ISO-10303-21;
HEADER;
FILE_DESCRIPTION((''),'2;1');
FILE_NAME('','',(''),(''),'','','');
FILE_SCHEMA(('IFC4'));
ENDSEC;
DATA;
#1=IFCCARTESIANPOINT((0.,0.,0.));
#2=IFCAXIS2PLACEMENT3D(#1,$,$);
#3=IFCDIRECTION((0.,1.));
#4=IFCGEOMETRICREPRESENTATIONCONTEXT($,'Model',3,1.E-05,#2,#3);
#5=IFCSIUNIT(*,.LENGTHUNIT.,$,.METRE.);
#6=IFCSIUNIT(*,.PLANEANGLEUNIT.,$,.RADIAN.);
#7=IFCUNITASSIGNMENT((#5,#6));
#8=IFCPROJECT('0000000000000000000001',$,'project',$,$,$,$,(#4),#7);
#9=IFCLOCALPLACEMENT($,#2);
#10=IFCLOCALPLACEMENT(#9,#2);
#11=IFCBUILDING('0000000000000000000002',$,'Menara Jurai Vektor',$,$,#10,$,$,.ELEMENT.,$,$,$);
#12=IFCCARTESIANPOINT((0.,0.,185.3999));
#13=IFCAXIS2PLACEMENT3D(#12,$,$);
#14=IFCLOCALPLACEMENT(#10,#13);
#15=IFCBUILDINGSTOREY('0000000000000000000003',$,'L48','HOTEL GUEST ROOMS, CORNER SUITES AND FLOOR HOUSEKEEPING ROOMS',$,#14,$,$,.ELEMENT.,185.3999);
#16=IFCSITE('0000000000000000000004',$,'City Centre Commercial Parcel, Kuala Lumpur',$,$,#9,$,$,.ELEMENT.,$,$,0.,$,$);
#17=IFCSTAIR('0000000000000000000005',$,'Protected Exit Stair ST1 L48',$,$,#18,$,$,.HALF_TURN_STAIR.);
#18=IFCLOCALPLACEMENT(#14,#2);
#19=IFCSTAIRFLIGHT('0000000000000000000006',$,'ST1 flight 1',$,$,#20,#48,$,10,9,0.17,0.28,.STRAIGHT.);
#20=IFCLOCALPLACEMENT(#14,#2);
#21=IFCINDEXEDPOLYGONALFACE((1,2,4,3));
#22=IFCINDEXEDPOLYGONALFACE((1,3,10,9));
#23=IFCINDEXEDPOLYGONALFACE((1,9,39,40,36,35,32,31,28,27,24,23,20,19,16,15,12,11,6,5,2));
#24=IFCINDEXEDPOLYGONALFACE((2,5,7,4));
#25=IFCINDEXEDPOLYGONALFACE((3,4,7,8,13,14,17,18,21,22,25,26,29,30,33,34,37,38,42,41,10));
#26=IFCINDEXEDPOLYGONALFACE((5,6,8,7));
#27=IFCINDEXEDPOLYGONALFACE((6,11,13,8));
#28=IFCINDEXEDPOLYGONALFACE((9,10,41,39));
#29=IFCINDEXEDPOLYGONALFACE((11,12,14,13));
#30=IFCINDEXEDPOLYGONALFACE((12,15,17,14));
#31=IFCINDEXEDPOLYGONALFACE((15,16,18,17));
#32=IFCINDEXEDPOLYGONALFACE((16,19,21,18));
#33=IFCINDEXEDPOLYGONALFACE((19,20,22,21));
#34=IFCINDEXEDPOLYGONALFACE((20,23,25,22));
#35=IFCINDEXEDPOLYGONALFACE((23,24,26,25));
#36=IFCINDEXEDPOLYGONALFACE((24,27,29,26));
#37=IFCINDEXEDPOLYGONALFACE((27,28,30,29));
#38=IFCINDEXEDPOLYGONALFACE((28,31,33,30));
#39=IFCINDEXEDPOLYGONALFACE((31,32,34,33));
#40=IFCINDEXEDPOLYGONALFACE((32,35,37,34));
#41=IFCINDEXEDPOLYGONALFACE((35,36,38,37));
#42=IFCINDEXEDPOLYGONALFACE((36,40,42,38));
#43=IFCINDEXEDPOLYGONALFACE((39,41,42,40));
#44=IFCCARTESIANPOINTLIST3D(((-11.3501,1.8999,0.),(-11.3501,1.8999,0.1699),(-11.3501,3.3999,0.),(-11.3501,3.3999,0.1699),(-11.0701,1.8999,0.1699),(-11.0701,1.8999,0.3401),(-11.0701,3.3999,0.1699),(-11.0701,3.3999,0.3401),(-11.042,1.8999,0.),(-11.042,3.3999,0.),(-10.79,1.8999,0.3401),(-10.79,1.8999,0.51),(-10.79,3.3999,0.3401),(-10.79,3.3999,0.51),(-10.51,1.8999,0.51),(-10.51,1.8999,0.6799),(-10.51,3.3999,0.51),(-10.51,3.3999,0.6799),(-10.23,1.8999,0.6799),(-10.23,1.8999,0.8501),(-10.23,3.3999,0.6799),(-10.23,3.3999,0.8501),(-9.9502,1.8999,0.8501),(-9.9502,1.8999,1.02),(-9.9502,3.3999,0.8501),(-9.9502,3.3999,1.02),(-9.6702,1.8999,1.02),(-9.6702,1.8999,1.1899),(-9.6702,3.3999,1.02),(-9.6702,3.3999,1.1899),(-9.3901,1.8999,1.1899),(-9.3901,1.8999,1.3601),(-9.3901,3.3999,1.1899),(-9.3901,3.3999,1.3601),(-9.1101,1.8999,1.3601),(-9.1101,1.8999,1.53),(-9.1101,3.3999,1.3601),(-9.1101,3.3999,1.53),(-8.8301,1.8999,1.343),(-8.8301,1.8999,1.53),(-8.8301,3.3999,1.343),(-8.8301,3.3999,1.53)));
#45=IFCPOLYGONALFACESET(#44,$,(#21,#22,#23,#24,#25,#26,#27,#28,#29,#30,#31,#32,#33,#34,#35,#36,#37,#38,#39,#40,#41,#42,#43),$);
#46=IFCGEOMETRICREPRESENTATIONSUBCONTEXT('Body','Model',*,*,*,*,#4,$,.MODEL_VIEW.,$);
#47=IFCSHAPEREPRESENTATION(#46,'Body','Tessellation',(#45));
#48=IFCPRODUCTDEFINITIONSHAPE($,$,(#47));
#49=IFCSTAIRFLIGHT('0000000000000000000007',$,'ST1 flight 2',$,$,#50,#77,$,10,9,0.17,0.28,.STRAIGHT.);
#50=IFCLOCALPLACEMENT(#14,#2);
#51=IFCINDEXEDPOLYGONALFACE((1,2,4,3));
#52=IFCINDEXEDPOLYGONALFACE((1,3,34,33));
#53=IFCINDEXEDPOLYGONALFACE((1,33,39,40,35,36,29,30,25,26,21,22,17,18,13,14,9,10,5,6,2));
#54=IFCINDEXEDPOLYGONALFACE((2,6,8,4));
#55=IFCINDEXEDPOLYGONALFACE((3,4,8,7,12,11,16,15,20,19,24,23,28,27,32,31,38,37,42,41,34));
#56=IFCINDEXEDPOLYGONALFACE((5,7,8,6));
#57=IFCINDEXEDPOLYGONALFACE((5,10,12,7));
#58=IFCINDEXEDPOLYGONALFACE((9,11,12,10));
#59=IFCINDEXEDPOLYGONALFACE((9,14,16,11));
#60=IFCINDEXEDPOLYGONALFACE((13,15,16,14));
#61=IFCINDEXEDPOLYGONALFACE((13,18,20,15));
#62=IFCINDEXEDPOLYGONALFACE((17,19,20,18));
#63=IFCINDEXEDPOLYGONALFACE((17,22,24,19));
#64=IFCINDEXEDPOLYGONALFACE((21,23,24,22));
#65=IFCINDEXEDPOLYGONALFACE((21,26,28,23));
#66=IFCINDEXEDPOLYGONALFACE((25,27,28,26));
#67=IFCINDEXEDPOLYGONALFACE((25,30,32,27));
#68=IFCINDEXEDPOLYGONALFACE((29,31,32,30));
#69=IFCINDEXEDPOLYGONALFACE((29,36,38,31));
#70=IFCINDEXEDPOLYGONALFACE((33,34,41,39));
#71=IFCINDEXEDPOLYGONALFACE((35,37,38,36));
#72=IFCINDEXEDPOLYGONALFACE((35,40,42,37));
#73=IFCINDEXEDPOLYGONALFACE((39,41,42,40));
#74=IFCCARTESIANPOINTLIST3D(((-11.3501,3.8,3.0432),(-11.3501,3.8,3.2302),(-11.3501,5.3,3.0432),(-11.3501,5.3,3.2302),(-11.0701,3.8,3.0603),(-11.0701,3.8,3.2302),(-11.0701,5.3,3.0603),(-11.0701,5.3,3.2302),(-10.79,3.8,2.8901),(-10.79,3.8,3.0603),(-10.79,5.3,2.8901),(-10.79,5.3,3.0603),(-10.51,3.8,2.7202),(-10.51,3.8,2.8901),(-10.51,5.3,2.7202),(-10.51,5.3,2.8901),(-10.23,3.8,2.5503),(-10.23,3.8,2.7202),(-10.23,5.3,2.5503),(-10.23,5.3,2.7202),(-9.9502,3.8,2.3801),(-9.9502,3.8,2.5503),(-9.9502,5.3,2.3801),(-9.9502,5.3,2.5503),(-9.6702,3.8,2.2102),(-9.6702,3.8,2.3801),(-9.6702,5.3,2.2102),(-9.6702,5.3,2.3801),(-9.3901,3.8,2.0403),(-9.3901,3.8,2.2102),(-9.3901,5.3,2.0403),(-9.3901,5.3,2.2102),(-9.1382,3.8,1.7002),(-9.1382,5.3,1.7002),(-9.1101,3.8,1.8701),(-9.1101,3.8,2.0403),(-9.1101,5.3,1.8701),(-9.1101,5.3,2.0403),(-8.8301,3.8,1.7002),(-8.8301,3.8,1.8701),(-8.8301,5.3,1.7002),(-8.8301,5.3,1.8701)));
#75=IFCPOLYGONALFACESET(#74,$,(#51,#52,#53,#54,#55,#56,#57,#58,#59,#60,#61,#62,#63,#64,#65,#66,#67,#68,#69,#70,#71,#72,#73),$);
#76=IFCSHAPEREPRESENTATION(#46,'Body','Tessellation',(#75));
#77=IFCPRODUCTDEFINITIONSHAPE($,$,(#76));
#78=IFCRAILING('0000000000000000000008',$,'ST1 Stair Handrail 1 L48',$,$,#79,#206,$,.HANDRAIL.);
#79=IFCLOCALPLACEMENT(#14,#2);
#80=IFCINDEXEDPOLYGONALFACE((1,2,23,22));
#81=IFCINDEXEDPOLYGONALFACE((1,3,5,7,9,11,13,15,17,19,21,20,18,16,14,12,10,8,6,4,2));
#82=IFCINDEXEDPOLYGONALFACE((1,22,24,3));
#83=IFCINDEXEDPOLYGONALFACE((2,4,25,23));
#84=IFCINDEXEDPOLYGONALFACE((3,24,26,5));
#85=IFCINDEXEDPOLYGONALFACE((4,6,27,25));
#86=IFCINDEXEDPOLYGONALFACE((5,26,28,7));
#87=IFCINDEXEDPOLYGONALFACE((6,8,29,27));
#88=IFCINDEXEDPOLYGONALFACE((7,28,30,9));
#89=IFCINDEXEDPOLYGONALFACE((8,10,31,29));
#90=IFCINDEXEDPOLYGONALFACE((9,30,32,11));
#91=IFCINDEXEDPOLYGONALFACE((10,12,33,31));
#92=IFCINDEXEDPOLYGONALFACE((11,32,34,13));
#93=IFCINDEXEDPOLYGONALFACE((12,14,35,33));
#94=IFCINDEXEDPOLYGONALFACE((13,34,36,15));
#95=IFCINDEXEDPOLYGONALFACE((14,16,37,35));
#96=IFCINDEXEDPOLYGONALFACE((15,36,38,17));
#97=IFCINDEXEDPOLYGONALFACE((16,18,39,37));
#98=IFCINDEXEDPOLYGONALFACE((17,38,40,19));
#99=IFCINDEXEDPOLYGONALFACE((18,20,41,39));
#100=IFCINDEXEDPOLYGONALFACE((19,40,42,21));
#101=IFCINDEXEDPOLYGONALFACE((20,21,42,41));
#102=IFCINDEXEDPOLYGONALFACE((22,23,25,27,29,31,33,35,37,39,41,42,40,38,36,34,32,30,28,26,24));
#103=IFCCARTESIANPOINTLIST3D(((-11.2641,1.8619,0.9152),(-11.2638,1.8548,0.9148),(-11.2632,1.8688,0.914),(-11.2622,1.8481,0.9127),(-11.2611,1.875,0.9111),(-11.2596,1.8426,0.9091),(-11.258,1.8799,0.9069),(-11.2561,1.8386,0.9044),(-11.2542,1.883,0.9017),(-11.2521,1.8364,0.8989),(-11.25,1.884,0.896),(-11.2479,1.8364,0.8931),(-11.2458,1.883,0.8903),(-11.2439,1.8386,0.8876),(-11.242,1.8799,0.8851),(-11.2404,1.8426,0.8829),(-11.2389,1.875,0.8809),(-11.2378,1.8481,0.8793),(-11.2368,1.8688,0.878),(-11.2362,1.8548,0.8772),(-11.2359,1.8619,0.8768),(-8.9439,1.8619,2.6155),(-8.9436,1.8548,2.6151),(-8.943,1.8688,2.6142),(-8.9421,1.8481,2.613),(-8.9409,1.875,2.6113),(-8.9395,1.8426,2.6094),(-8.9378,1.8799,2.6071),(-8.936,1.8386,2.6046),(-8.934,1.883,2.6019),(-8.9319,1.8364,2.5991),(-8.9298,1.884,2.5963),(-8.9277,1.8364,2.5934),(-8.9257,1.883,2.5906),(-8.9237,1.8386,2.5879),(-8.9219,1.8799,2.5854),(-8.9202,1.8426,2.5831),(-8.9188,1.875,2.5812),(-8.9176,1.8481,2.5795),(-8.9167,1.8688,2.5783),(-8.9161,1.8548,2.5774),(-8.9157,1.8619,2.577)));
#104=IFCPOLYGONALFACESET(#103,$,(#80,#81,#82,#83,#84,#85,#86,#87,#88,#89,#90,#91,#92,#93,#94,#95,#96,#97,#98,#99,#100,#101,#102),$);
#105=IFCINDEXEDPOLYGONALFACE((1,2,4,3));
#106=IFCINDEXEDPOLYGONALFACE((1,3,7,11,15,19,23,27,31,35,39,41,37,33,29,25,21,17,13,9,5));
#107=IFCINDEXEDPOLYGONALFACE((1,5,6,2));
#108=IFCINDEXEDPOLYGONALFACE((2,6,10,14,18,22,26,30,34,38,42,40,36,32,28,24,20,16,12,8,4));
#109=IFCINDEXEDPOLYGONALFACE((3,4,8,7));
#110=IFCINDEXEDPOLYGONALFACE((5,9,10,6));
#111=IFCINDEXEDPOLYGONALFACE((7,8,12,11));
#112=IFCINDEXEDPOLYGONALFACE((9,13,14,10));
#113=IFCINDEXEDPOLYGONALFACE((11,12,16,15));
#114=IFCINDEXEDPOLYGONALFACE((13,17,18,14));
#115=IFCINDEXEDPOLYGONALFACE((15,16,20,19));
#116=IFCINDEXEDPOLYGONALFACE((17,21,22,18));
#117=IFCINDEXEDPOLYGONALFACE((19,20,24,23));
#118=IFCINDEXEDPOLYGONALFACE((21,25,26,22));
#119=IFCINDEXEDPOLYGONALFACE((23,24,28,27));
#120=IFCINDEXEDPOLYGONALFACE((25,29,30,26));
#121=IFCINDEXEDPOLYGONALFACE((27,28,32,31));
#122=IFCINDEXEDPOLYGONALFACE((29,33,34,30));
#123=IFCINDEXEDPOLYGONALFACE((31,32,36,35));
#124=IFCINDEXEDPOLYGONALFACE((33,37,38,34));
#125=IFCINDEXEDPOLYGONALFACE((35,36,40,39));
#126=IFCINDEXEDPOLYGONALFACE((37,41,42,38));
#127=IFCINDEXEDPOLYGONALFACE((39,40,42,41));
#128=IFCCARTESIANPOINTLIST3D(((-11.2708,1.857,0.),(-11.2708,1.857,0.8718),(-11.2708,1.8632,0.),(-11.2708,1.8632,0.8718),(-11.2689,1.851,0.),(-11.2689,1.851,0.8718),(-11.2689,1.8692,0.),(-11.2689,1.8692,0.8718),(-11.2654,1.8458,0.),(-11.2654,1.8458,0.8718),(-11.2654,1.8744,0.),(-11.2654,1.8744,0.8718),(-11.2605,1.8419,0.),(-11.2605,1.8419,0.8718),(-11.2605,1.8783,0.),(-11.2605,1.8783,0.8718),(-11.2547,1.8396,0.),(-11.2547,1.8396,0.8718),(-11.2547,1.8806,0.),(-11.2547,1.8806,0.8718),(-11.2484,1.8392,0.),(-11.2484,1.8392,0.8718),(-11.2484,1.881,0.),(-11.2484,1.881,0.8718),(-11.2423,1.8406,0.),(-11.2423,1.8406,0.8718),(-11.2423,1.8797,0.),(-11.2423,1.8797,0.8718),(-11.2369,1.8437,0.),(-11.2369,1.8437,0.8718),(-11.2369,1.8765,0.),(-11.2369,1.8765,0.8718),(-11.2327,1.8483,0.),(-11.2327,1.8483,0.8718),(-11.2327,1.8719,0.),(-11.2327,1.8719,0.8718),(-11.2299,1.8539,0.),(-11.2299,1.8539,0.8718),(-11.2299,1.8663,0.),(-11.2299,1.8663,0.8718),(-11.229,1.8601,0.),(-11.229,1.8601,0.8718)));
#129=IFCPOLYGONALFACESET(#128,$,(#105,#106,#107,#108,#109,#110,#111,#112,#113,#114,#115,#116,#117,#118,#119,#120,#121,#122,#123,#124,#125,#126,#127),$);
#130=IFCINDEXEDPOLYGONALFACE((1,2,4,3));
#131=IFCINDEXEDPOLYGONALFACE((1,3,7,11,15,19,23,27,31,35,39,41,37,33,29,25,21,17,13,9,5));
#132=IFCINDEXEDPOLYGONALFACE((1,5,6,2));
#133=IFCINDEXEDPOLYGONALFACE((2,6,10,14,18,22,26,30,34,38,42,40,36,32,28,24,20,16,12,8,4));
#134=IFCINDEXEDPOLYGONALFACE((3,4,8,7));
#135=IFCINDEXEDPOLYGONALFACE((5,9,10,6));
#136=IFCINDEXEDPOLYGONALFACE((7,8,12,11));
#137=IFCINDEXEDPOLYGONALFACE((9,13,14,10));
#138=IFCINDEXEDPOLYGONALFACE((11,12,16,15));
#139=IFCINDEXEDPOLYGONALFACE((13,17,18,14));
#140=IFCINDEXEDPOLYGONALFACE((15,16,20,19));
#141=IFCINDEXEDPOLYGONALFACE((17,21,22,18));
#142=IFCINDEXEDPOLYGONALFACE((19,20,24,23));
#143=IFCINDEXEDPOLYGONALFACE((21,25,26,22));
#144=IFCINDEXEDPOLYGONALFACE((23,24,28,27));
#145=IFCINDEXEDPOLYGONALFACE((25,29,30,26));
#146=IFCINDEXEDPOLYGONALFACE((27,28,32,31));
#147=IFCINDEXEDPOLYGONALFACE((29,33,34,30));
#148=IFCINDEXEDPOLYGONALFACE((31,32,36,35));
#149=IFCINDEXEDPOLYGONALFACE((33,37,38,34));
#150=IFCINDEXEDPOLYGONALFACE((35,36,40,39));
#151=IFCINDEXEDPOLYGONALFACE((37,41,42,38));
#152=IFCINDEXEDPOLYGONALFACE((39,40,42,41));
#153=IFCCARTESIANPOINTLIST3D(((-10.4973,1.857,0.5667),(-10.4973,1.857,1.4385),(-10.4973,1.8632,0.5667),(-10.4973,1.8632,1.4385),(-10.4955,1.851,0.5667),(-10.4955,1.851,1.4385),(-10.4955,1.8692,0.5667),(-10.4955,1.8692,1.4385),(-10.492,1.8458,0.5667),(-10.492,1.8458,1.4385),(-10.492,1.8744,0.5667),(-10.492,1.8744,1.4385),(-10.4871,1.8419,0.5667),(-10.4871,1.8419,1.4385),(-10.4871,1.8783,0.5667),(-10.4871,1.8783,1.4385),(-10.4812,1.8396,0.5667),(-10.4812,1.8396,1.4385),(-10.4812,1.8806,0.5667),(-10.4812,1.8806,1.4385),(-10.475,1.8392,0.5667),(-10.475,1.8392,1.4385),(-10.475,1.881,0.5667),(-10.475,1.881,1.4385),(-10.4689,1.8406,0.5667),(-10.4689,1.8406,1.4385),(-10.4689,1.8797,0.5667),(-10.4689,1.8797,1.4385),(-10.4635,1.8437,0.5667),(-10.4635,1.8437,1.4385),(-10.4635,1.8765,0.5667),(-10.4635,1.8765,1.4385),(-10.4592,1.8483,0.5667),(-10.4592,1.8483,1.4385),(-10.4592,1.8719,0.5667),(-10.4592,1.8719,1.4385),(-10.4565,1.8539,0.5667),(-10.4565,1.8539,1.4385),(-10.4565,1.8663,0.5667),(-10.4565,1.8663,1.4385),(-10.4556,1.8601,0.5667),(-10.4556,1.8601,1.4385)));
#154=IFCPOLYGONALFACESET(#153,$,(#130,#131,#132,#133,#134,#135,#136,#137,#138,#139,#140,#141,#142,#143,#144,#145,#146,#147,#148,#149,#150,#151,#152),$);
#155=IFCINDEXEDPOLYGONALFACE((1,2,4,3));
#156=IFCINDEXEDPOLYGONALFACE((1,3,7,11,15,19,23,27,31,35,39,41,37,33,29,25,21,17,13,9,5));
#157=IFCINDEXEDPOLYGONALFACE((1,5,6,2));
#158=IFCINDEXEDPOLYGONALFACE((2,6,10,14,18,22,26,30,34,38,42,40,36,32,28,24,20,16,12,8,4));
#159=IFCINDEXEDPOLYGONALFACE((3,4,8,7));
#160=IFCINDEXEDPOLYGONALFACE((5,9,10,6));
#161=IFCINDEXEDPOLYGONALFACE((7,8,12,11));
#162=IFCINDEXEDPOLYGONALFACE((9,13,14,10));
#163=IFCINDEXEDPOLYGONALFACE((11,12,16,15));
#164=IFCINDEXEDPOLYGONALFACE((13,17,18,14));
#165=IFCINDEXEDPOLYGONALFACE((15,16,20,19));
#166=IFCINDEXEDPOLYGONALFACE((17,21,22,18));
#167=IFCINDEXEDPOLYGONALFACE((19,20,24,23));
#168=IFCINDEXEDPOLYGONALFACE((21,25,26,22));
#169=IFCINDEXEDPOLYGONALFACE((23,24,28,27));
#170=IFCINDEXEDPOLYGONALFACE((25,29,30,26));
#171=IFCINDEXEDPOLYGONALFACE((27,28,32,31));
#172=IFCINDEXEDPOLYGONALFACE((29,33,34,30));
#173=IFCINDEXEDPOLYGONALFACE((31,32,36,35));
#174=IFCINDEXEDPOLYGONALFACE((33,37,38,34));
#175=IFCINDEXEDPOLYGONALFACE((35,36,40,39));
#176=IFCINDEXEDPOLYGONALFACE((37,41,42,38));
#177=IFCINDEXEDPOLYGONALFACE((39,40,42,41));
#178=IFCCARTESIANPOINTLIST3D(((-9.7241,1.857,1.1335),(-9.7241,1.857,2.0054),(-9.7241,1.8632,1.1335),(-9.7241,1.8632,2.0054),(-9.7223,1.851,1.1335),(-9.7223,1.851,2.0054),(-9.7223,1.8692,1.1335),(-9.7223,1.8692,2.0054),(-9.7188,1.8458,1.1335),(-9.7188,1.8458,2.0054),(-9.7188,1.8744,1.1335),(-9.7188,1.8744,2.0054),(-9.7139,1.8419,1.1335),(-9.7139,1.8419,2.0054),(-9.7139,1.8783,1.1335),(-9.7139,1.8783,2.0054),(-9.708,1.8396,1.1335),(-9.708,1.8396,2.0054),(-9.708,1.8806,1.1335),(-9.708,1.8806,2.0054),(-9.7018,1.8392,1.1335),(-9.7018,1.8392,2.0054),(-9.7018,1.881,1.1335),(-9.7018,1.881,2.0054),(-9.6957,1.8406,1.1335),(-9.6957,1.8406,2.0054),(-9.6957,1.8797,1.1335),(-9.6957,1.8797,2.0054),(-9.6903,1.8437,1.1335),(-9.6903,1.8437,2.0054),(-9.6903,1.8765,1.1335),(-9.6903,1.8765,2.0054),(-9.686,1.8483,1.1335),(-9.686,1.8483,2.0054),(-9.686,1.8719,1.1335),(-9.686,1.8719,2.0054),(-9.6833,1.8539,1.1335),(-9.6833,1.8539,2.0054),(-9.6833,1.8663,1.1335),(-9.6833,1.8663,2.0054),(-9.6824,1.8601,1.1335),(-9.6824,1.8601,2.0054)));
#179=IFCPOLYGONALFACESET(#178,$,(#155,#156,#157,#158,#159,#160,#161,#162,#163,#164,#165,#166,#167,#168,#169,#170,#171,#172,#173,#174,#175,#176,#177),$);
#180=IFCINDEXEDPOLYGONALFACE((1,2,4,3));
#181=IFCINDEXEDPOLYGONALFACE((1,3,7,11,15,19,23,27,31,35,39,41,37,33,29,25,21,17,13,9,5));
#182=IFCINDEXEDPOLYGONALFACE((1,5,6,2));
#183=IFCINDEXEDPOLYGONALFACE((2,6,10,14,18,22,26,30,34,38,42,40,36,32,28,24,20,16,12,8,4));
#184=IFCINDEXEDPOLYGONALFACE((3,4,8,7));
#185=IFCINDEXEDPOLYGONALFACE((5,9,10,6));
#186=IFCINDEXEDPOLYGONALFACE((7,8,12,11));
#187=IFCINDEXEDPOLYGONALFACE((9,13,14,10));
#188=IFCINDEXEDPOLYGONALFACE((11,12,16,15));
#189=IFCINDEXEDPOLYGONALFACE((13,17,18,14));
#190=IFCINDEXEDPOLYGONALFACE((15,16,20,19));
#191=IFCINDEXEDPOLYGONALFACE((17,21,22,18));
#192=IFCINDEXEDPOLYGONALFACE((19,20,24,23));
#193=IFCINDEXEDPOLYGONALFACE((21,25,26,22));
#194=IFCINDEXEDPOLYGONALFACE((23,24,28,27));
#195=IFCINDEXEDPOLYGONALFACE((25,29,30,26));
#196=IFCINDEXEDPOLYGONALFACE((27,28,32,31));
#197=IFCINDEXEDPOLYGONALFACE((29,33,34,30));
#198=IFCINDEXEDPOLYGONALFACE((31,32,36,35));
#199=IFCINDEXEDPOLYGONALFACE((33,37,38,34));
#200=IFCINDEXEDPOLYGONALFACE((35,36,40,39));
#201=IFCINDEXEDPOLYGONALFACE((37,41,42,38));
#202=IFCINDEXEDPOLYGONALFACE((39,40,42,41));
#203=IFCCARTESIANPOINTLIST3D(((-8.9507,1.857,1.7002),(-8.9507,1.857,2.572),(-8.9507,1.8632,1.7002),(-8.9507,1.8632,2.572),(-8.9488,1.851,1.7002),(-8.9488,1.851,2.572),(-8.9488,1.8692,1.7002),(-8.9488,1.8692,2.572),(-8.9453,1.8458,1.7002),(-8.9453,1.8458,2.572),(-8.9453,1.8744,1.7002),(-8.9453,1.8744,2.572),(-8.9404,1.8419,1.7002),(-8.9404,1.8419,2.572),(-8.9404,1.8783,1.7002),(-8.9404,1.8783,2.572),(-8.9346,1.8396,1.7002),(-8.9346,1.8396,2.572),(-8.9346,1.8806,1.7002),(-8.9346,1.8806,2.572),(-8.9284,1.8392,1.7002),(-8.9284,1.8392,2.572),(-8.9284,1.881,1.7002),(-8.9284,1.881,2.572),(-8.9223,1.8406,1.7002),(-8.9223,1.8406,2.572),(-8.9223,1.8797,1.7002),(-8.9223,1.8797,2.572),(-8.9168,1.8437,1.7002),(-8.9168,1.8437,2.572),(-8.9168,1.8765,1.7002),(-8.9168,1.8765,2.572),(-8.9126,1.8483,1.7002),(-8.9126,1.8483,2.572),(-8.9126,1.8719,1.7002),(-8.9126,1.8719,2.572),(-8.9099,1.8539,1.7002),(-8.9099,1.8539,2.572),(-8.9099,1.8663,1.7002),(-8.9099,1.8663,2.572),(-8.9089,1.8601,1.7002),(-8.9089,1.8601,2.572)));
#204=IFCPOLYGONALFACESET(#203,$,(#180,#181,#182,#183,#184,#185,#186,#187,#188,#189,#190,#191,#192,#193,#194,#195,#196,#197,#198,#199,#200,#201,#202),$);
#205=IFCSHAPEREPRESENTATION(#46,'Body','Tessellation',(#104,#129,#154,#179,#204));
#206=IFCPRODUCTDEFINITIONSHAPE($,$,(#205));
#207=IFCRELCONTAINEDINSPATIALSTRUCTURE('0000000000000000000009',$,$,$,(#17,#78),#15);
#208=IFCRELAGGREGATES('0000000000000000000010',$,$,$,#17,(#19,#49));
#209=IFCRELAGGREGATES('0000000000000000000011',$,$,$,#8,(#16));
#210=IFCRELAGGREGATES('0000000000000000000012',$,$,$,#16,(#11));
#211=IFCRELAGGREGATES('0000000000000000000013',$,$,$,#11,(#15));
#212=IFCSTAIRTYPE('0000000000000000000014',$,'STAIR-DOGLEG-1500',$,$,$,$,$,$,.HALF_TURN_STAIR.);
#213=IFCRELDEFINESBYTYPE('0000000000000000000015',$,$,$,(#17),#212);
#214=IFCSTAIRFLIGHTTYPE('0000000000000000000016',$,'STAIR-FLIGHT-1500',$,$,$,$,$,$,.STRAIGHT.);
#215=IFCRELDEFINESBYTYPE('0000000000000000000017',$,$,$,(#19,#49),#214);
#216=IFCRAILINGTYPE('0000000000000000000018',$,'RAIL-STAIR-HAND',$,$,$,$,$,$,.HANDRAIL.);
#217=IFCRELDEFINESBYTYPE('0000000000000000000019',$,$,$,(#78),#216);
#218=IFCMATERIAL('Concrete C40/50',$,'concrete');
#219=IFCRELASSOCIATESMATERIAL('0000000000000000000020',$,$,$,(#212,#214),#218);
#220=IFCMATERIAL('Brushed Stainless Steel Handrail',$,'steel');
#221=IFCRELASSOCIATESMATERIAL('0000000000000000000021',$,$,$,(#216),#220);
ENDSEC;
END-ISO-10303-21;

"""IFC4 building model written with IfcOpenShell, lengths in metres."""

from ifc_helpers import new_model, si_unit, direction, frame, origin, origin_2d, place, context, subcontext, project, spatial, polyline, circle, outline, extrude, material, type_object, element, aggregate, save


model = new_model("IFC4")

# Units and contexts
model_context = context("Model", 3, precision=1e-05, world=origin(), true_north=direction((0.0, 1.0)))
body_context = subcontext(model_context, "Body", "Model", "MODEL_VIEW")
ifc_project = project(units=[si_unit("LENGTHUNIT", "METRE"), si_unit("PLANEANGLEUNIT", "RADIAN")], contexts=[model_context])

# Site, building, storey
site_placement = place(None, origin())
site = spatial("IfcSite", under=ifc_project, at=site_placement, Name="City Centre Commercial Parcel, Kuala Lumpur", CompositionType="ELEMENT", RefElevation=0.0)
building_placement = place(site_placement, origin())
building = spatial("IfcBuilding", under=site, at=building_placement, Name="Menara Jurai Vektor", CompositionType="ELEMENT")
storey_placement = place(building_placement, frame((0.0, 0.0, 185.3999)))
storey = spatial("IfcBuildingStorey", under=building, at=storey_placement, Name="L48", Description="HOTEL GUEST ROOMS, CORNER SUITES AND FLOOR HOUSEKEEPING ROOMS", CompositionType="ELEMENT", Elevation=185.3999)

# Shared definitions
ifc_material_1 = material(Name="Concrete C40/50", Category="concrete")

# Stair, stair flights
stair_type = type_object("IfcStairType", Name="STAIR-DOGLEG-1500", PredefinedType="HALF_TURN_STAIR", material=ifc_material_1)
stair_placement = place(storey_placement, origin())
stair = element("IfcStair", 1, at=stair_placement, inside=storey, type_object=stair_type, Name="Protected Exit Stair ST1 L48", PredefinedType="HALF_TURN_STAIR")
stair_flight_type = type_object("IfcStairFlightType", Name="STAIR-FLIGHT-1500", PredefinedType="STRAIGHT", material=ifc_material_1)
stair_flight_1_placement = place(storey_placement, frame((-11.3501, 2.6499, 0.0), z_axis=(0.0, 0.0, 1.0), x_axis=(1.0, 0.0, 0.0)))
stair_flight_1 = element("IfcStairFlight", 2, at=stair_flight_1_placement, type_object=stair_flight_type, Name="ST1 flight 1", NumberOfRisers=10, NumberOfTreads=9, PredefinedType="STRAIGHT", RiserHeight=0.17, TreadLength=0.28, context=body_context, shape_type="SweptSolid", body=[
    extrude(outline(polyline([(0.0, 0.0), (0.0, 0.1699), (0.28, 0.1699), (0.28, 0.3401), (0.5601, 0.3401), (0.5601, 0.51), (0.8401, 0.51), (0.8401, 0.6799), (1.1201, 0.6799), (1.1201, 0.8501), (1.3999, 0.8501), (1.3999, 1.02), (1.6799, 1.02), (1.6799, 1.1899), (1.96, 1.1899), (1.96, 1.3601), (2.24, 1.3601), (2.24, 1.53), (2.52, 1.53), (2.52, 1.7), (2.52, 1.343), (0.3081, 0.0), (0.0, 0.0)])), frame((0.0, 0.75, 0.0), z_axis=(0.0, -1.0, 0.0), x_axis=(1.0, 0.0, 0.0)), (0.0, 0.0, 1.0), 1.5),
])
stair_flight_2_placement = place(storey_placement, frame((-8.8301, 4.55, 1.7002), z_axis=(0.0, 0.0, 1.0), x_axis=(-1.0, 0.0, 0.0)))
stair_flight_2 = element("IfcStairFlight", 3, at=stair_flight_2_placement, type_object=stair_flight_type, Name="ST1 flight 2", NumberOfRisers=10, NumberOfTreads=9, PredefinedType="STRAIGHT", RiserHeight=0.17, TreadLength=0.28, context=body_context, shape_type="SweptSolid", body=[
    extrude(outline(polyline([(0.0, 0.0), (0.0, 0.1699), (0.28, 0.1699), (0.28, 0.3401), (0.5601, 0.3401), (0.5601, 0.51), (0.8401, 0.51), (0.8401, 0.6799), (1.1201, 0.6799), (1.1201, 0.8501), (1.3999, 0.8501), (1.3999, 1.02), (1.6799, 1.02), (1.6799, 1.1899), (1.96, 1.1899), (1.96, 1.3601), (2.24, 1.3601), (2.24, 1.53), (2.52, 1.53), (2.52, 1.7), (2.52, 1.343), (0.3081, 0.0), (0.0, 0.0)])), frame((0.0, 0.75, 0.0), z_axis=(0.0, -1.0, 0.0), x_axis=(1.0, 0.0, 0.0)), (0.0, 0.0, 1.0), 1.5),
])
aggregate(stair, [stair_flight_1, stair_flight_2])

# Railing
ifc_material_2 = material(Name="Brushed Stainless Steel Handrail", Category="steel")
railing_type_1 = type_object("IfcRailingType", Name="RAIL-STAIR-HAND", PredefinedType="HANDRAIL", material=ifc_material_2)
railing_1_placement = place(storey_placement, frame((-11.25, 1.8601, 0.0)))
element("IfcRailing", 4, at=railing_1_placement, inside=storey, type_object=railing_type_1, Name="ST1 Stair Handrail 1 L48", PredefinedType="HANDRAIL", context=body_context, shape_type="SweptSolid", body=[
    extrude(circle(Radius=0.0239, at=origin_2d()), frame((0.0, 0.0, 0.896), z_axis=(0.806602, 0.0, 0.591095), x_axis=(0.0, 1.0, 0.0)), (0.0, 0.0, 1.0), 2.8765),
    extrude(circle(Radius=0.021, at=origin_2d()), origin(), (0.0, 0.0, 1.0), 0.8718),
    extrude(circle(Radius=0.021, at=origin_2d()), frame((0.7734, 0.0, 0.5667)), (0.0, 0.0, 1.0), 0.8718),
    extrude(circle(Radius=0.021, at=origin_2d()), frame((1.5466, 0.0, 1.1335)), (0.0, 0.0, 1.0), 0.8718),
    extrude(circle(Radius=0.021, at=origin_2d()), frame((2.3201, 0.0, 1.7002)), (0.0, 0.0, 1.0), 0.8718),
])

save(model, "model.ifc")
